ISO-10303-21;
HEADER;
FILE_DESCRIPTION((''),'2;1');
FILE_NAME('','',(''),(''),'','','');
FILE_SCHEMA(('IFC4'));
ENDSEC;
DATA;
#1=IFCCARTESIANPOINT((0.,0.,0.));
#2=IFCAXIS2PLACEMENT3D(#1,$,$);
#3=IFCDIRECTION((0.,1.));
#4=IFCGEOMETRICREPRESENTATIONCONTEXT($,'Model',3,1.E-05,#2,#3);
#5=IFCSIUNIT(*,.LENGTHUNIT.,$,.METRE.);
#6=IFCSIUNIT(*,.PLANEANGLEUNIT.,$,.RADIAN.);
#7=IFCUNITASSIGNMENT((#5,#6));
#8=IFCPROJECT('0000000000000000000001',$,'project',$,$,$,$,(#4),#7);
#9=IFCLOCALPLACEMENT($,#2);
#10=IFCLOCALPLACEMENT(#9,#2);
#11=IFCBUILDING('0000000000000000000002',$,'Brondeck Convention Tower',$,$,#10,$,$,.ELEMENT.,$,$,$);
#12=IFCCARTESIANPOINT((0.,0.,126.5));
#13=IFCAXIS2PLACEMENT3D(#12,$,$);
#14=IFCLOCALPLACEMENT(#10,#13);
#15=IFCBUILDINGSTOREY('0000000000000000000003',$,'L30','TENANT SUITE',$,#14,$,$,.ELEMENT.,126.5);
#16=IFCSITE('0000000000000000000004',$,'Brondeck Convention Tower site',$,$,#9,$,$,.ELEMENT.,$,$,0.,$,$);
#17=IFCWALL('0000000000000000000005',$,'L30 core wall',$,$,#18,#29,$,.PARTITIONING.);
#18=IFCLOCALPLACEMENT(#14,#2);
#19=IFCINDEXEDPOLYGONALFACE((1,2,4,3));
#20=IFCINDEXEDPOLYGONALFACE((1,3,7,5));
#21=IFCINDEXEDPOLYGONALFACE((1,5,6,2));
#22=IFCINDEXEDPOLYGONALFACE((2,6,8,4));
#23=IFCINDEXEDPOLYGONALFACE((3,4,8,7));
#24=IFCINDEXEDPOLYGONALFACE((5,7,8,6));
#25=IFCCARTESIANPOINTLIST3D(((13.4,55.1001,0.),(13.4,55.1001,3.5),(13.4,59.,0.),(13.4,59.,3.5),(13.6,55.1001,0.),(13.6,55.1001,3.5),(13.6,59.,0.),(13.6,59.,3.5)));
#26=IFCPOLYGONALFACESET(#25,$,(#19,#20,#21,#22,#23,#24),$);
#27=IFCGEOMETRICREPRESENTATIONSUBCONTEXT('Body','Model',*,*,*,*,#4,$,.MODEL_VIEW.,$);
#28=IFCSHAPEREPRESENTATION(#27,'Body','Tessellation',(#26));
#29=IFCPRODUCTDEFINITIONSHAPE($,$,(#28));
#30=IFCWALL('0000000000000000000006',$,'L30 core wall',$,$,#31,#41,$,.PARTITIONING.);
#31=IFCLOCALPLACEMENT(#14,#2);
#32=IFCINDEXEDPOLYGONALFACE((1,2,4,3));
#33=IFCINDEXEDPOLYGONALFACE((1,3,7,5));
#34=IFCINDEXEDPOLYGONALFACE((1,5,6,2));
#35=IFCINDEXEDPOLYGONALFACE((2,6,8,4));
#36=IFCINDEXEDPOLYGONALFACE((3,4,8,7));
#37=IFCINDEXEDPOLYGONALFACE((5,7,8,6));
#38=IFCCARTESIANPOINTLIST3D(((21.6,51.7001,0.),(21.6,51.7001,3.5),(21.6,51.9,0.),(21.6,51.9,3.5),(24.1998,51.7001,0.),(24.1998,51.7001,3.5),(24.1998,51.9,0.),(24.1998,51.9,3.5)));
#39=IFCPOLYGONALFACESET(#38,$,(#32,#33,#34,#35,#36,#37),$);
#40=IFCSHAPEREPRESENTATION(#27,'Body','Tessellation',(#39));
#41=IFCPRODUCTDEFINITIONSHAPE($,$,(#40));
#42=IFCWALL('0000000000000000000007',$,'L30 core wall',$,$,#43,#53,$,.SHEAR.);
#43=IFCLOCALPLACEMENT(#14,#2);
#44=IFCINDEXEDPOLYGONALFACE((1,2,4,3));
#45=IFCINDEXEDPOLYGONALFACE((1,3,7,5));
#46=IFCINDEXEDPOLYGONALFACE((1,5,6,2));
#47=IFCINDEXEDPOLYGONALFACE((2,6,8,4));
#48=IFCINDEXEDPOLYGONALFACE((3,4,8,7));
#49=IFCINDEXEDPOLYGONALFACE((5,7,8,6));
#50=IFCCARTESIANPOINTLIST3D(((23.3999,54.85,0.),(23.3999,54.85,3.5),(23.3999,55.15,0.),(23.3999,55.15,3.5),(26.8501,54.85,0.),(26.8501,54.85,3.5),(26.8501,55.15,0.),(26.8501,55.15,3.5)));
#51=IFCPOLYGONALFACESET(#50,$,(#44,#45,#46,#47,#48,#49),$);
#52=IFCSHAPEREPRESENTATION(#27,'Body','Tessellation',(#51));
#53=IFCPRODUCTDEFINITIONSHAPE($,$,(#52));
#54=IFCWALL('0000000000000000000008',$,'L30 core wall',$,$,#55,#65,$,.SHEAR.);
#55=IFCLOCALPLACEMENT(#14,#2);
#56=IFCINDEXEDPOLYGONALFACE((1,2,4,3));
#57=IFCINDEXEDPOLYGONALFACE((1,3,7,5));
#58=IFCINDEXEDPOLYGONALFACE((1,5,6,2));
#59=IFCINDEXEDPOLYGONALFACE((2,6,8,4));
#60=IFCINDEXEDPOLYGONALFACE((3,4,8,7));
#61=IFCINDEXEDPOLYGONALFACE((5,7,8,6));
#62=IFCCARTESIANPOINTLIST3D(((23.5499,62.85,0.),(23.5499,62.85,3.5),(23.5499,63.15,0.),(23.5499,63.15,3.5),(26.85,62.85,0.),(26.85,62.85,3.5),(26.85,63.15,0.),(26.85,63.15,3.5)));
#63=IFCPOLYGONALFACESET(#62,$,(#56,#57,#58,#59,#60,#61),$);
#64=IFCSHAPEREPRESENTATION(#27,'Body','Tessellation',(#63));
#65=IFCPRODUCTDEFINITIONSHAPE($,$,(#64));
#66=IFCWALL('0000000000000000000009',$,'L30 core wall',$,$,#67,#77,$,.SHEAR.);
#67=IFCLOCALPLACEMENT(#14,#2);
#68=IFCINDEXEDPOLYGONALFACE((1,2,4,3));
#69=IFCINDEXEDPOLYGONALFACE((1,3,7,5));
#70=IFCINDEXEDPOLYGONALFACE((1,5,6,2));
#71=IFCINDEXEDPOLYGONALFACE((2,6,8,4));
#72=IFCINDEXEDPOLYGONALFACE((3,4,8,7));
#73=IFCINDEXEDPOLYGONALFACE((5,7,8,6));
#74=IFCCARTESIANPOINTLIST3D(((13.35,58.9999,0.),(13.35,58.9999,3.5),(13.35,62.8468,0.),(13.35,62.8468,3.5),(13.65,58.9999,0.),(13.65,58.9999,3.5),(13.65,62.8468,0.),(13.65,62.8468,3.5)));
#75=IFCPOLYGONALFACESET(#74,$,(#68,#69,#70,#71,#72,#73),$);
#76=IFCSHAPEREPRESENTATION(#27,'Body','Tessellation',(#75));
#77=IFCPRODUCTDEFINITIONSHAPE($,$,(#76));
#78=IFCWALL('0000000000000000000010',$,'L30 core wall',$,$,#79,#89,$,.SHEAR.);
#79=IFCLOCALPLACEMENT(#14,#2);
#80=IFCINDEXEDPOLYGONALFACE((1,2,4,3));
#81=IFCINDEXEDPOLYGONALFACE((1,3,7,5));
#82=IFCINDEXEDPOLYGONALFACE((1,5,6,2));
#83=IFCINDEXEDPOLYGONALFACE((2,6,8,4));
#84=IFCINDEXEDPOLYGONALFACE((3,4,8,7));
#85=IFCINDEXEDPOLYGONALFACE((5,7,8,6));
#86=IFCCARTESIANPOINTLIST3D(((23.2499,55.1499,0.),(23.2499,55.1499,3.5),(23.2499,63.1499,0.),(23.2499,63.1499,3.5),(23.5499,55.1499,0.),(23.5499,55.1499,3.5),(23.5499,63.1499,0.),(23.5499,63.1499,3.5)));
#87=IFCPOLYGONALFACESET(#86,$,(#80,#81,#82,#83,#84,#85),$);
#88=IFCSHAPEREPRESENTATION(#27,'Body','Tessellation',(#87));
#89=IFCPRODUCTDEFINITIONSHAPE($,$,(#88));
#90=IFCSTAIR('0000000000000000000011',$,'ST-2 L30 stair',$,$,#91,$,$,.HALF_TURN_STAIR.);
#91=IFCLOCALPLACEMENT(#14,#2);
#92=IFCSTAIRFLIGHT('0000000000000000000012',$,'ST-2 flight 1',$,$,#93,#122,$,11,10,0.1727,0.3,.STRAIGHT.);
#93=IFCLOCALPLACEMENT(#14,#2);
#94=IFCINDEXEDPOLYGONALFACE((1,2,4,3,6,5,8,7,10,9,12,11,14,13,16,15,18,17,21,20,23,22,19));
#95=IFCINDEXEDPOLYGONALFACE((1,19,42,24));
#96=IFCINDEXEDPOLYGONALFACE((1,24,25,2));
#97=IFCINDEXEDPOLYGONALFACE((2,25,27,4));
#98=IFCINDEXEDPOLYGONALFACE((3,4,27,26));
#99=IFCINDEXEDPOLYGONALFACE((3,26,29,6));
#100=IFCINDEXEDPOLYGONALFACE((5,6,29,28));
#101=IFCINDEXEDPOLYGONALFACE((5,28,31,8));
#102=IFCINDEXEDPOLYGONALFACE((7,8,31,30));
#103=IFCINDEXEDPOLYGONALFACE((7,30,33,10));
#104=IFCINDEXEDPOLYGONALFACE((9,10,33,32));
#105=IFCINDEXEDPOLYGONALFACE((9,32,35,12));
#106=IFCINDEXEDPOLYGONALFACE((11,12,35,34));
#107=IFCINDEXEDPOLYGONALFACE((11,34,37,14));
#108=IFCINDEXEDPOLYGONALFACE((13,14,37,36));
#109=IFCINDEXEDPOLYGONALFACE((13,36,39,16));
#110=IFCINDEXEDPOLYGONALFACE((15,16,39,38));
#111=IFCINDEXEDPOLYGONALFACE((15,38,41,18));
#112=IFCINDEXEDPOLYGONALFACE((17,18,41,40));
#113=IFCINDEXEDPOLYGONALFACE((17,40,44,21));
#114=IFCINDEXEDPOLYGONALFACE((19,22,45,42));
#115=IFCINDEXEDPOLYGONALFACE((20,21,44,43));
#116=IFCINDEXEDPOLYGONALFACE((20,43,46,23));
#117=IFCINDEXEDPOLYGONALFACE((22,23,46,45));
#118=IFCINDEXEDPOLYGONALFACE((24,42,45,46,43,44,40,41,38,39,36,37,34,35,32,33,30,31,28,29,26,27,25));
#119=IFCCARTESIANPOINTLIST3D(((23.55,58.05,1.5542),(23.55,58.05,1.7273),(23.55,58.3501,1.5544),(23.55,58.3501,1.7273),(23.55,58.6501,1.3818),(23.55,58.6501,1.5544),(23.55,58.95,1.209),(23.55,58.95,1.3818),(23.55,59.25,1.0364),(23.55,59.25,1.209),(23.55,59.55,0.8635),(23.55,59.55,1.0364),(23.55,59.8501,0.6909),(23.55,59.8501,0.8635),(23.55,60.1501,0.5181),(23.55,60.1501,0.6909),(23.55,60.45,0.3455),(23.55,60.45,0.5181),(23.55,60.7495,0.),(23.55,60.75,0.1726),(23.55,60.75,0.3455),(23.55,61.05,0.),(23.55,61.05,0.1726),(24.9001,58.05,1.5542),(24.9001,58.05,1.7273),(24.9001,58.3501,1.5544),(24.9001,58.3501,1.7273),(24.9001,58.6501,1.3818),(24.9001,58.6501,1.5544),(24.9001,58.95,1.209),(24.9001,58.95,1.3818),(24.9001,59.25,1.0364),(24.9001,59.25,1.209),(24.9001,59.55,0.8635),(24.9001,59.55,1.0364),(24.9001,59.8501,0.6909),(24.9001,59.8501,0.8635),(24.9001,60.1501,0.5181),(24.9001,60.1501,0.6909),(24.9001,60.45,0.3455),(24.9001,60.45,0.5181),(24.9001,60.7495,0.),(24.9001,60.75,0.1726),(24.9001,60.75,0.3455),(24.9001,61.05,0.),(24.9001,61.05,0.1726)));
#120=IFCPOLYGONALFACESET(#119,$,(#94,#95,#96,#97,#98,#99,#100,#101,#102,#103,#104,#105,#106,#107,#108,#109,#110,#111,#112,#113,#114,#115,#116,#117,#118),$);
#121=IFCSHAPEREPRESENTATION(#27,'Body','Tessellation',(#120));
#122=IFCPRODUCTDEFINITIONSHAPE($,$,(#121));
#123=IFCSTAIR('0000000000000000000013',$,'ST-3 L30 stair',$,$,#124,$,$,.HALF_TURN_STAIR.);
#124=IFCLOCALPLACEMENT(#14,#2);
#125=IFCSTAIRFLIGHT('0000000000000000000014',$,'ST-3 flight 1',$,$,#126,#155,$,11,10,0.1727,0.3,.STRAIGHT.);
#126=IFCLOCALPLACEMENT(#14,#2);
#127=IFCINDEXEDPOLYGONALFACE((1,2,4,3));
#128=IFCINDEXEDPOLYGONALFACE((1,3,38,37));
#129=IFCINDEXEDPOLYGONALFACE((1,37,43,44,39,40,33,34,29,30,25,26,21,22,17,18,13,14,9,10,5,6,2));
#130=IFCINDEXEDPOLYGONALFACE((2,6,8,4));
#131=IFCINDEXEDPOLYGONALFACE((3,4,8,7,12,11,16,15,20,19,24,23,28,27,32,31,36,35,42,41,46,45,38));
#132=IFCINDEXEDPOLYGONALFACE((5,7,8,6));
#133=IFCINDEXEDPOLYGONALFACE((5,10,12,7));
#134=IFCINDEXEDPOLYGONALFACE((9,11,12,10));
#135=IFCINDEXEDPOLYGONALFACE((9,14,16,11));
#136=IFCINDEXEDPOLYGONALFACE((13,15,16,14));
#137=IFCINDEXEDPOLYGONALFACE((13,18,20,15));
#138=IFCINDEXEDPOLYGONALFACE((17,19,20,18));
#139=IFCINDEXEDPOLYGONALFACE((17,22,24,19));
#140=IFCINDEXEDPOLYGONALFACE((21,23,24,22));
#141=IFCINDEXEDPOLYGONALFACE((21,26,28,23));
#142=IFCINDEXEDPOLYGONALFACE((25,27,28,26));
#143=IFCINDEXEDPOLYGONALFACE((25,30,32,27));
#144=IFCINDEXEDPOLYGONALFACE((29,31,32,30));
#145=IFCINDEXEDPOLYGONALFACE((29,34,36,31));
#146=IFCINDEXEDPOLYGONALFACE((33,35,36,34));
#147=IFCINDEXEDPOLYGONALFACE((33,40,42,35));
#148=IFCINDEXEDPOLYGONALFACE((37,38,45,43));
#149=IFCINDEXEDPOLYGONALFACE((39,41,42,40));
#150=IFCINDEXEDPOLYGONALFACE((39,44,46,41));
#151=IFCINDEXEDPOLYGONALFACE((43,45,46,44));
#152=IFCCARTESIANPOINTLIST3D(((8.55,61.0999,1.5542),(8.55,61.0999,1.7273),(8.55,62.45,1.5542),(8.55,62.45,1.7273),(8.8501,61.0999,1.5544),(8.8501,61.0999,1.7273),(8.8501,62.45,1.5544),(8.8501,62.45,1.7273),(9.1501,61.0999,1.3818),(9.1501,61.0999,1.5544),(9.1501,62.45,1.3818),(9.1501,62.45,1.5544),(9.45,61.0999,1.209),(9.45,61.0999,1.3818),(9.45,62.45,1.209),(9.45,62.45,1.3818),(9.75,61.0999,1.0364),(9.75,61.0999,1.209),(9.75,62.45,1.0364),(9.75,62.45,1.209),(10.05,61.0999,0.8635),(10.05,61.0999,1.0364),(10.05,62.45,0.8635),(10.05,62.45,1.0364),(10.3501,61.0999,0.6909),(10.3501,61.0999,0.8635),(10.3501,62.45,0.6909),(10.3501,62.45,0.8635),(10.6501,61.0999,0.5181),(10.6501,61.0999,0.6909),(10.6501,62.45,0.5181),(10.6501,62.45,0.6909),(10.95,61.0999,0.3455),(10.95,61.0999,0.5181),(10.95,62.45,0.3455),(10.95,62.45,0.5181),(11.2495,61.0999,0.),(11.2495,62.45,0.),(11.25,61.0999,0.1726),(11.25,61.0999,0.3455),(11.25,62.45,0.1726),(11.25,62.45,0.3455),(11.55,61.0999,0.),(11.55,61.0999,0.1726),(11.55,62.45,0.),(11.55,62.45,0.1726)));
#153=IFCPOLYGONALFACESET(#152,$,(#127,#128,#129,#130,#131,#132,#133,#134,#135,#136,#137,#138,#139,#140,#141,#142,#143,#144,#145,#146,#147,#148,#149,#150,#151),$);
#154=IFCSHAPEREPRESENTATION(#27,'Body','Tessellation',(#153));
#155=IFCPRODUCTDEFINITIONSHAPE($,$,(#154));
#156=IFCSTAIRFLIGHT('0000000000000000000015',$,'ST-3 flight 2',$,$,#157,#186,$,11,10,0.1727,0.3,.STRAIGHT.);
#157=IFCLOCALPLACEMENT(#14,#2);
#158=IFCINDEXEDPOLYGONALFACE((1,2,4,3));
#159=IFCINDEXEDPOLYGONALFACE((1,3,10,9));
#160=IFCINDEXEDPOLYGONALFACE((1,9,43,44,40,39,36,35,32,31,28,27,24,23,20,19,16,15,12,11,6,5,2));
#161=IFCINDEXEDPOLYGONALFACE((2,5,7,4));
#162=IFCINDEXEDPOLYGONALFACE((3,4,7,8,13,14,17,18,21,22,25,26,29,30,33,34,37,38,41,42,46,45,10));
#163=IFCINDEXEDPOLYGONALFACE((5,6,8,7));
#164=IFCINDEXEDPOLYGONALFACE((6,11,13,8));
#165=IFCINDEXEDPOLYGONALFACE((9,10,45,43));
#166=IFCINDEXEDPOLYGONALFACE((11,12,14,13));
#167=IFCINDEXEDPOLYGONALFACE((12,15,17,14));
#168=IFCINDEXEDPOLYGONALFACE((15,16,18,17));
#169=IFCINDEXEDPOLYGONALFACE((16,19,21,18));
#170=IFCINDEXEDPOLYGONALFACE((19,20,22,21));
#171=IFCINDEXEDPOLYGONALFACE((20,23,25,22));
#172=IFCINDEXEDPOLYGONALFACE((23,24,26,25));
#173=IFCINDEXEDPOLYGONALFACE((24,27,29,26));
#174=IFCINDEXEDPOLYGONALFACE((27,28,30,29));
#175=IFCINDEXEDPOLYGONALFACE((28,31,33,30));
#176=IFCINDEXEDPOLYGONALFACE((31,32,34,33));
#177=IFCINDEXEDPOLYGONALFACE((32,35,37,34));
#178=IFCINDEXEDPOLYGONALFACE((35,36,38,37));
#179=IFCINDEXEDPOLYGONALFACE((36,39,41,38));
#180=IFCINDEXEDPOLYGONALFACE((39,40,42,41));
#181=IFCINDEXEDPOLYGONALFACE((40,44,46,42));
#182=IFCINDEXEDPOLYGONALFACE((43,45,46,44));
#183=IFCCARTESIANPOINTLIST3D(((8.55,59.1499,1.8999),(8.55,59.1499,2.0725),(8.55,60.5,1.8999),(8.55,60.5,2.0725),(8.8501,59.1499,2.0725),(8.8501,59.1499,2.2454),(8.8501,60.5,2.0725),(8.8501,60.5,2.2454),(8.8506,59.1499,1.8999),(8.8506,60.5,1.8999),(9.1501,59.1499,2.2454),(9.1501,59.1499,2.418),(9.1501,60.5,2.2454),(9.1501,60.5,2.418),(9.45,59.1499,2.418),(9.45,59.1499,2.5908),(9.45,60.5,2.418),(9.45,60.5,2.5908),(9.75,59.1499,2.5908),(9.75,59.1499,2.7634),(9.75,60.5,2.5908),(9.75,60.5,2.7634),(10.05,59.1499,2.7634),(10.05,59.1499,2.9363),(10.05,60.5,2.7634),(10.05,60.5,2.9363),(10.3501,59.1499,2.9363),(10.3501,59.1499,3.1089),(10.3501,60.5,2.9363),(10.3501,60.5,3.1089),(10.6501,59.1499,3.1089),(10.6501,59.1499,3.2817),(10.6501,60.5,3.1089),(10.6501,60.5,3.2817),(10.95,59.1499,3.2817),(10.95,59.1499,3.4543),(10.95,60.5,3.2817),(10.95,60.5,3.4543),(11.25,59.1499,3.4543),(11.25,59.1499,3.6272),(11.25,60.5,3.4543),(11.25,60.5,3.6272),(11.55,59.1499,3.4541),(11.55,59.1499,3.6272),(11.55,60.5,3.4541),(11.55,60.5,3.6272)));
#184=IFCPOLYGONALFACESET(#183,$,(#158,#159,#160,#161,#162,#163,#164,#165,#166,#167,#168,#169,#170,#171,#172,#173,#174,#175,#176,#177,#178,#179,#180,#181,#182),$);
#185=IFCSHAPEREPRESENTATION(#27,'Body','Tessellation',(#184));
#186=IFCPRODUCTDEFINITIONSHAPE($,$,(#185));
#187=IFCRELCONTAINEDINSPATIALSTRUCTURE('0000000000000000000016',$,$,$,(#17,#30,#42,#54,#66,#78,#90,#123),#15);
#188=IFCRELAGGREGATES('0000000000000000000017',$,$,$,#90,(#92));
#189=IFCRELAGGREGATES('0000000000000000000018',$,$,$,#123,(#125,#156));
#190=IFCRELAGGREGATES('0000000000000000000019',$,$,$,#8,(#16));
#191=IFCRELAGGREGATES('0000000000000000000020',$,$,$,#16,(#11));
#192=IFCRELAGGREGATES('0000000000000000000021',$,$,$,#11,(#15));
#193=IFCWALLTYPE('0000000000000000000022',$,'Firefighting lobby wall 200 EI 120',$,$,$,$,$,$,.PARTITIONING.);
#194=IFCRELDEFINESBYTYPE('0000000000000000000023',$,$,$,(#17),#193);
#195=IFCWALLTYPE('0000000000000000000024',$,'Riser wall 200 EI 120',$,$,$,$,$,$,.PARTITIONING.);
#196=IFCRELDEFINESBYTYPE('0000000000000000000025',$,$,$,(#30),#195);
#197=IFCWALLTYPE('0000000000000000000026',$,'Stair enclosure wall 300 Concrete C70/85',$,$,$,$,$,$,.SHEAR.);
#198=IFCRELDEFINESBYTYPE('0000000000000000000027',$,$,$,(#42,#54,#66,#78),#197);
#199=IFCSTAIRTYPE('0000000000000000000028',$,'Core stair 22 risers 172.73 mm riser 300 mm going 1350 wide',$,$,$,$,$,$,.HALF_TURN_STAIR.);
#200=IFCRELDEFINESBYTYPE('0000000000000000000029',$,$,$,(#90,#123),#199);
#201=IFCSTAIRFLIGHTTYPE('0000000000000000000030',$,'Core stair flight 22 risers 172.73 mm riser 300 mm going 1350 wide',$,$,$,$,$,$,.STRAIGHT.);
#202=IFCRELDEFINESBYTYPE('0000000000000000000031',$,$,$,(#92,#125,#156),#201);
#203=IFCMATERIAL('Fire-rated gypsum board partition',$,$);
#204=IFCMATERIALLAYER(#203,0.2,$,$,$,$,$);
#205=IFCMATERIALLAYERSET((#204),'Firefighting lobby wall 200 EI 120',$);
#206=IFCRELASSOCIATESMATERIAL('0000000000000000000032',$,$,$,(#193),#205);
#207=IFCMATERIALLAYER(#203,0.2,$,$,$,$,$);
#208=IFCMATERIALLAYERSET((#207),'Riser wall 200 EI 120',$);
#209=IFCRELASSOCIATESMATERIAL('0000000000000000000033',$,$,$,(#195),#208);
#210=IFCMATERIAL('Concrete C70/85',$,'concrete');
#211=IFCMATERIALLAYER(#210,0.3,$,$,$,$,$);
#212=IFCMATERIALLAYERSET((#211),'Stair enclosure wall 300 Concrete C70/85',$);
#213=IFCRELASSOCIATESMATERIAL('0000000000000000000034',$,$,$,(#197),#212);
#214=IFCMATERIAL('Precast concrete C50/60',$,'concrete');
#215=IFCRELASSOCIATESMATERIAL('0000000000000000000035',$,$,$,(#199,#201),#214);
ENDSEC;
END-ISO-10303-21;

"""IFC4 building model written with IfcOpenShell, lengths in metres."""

from ifc_helpers import new_model, si_unit, direction, frame, frame_2d, origin, place, context, subcontext, project, spatial, polyline, rectangle, outline, extrude, material, layer, layer_set, type_object, element, aggregate, save


model = new_model("IFC4")

# Units and contexts
model_context = context("Model", 3, precision=1e-05, world=origin(), true_north=direction((0.0, 1.0)))
body_context = subcontext(model_context, "Body", "Model", "MODEL_VIEW")
ifc_project = project(units=[si_unit("LENGTHUNIT", "METRE"), si_unit("PLANEANGLEUNIT", "RADIAN")], contexts=[model_context])

# Site, building, storey
site_placement = place(None, origin())
site = spatial("IfcSite", under=ifc_project, at=site_placement, Name="Brondeck Convention Tower site", CompositionType="ELEMENT", RefElevation=0.0)
building_placement = place(site_placement, origin())
building = spatial("IfcBuilding", under=site, at=building_placement, Name="Brondeck Convention Tower", CompositionType="ELEMENT")
storey_placement = place(building_placement, frame((0.0, 0.0, 126.5)))
storey = spatial("IfcBuildingStorey", under=building, at=storey_placement, Name="L30", Description="TENANT SUITE", CompositionType="ELEMENT", Elevation=126.5)

# Shared definitions
ifc_material_1 = material(Name="Concrete C70/85", Category="concrete")

# Shared definitions
ifc_material_2 = material(Name="Fire-rated gypsum board partition")

# Shared definitions
ifc_layer_1 = layer(ifc_material_2, 0.2)
ifc_layer_set_1 = layer_set([ifc_layer_1], Name="Firefighting lobby wall 200 EI 120")
wall_type_1 = type_object("IfcWallType", Name="Firefighting lobby wall 200 EI 120", PredefinedType="PARTITIONING", material=ifc_layer_set_1)

# Walls
wall_1_placement = place(storey_placement, frame((13.5, 55.1001, 0.0), z_axis=(0.0, 0.0, 1.0), x_axis=(0.0, 1.0, 0.0)))
element("IfcWall", 1, at=wall_1_placement, inside=storey, type_object=wall_type_1, Name="L30 core wall", PredefinedType="PARTITIONING", context=body_context, shape_type="SweptSolid", body=[
    extrude(rectangle(XDim=3.8999, YDim=0.2, at=frame_2d((1.95, 0.0))), origin(), (0.0, 0.0, 1.0), 3.5),
])
ifc_layer_2 = layer(ifc_material_2, 0.2)
ifc_layer_set_2 = layer_set([ifc_layer_2], Name="Riser wall 200 EI 120")
wall_type_2 = type_object("IfcWallType", Name="Riser wall 200 EI 120", PredefinedType="PARTITIONING", material=ifc_layer_set_2)
wall_2_placement = place(storey_placement, frame((21.6001, 51.8, 0.0), z_axis=(0.0, 0.0, 1.0), x_axis=(1.0, 0.0, 0.0)))
element("IfcWall", 2, at=wall_2_placement, inside=storey, type_object=wall_type_2, Name="L30 core wall", PredefinedType="PARTITIONING", context=body_context, shape_type="SweptSolid", body=[
    extrude(rectangle(XDim=2.5999, YDim=0.2, at=frame_2d((1.2998, 0.0))), origin(), (0.0, 0.0, 1.0), 3.5),
])
ifc_layer_3 = layer(ifc_material_1, 0.3)
ifc_layer_set_3 = layer_set([ifc_layer_3], Name="Stair enclosure wall 300 Concrete C70/85")
wall_type_3 = type_object("IfcWallType", Name="Stair enclosure wall 300 Concrete C70/85", PredefinedType="SHEAR", material=ifc_layer_set_3)
wall_3_placement = place(storey_placement, frame((23.3999, 55.0, 0.0), z_axis=(0.0, 0.0, 1.0), x_axis=(1.0, 0.0, 0.0)))
element("IfcWall", 3, at=wall_3_placement, inside=storey, type_object=wall_type_3, Name="L30 core wall", PredefinedType="SHEAR", context=body_context, shape_type="SweptSolid", body=[
    extrude(rectangle(XDim=3.4502, YDim=0.3, at=frame_2d((1.7251, 0.0))), origin(), (0.0, 0.0, 1.0), 3.5),
])
wall_4_placement = place(storey_placement, frame((23.55, 63.0, 0.0), z_axis=(0.0, 0.0, 1.0), x_axis=(1.0, 0.0, 0.0)))
element("IfcWall", 4, at=wall_4_placement, inside=storey, type_object=wall_type_3, Name="L30 core wall", PredefinedType="SHEAR", context=body_context, shape_type="SweptSolid", body=[
    extrude(rectangle(XDim=3.3, YDim=0.3, at=frame_2d((1.6499, 0.0))), origin(), (0.0, 0.0, 1.0), 3.5),
])
wall_5_placement = place(storey_placement, frame((13.5, 59.0, 0.0), z_axis=(0.0, 0.0, 1.0), x_axis=(0.0, 1.0, 0.0)))
element("IfcWall", 5, at=wall_5_placement, inside=storey, type_object=wall_type_3, Name="L30 core wall", PredefinedType="SHEAR", context=body_context, shape_type="SweptSolid", body=[
    extrude(rectangle(XDim=3.8469, YDim=0.3, at=frame_2d((1.9233, 0.0))), origin(), (0.0, 0.0, 1.0), 3.5),
])
wall_6_placement = place(storey_placement, frame((23.3999, 55.1499, 0.0), z_axis=(0.0, 0.0, 1.0), x_axis=(0.0, 1.0, 0.0)))
element("IfcWall", 6, at=wall_6_placement, inside=storey, type_object=wall_type_3, Name="L30 core wall", PredefinedType="SHEAR", context=body_context, shape_type="SweptSolid", body=[
    extrude(rectangle(XDim=8.0, YDim=0.3, at=frame_2d((4.0, 0.0))), origin(), (0.0, 0.0, 1.0), 3.5),
])

# Stair, stair flight
ifc_material_3 = material(Name="Precast concrete C50/60", Category="concrete")
stair_type = type_object("IfcStairType", Name="Core stair 22 risers 172.73 mm riser 300 mm going 1350 wide", PredefinedType="HALF_TURN_STAIR", material=ifc_material_3)
stair_1_placement = place(storey_placement, origin())
stair_1 = element("IfcStair", 7, at=stair_1_placement, inside=storey, type_object=stair_type, Name="ST-2 L30 stair", PredefinedType="HALF_TURN_STAIR")
stair_flight_type = type_object("IfcStairFlightType", Name="Core stair flight 22 risers 172.73 mm riser 300 mm going 1350 wide", PredefinedType="STRAIGHT", material=ifc_material_3)
stair_flight_1_placement = place(storey_placement, frame((24.2251, 61.05, 0.0), z_axis=(0.0, 0.0, 1.0), x_axis=(0.0, -1.0, 0.0)))
stair_flight_1 = element("IfcStairFlight", 8, at=stair_flight_1_placement, type_object=stair_flight_type, Name="ST-2 flight 1", NumberOfRisers=11, NumberOfTreads=10, PredefinedType="STRAIGHT", RiserHeight=0.1727, TreadLength=0.3, context=body_context, shape_type="SweptSolid", body=[
    extrude(outline(polyline([(0.0, 0.0), (0.0, 0.1726), (0.3, 0.1726), (0.3, 0.3455), (0.6001, 0.3455), (0.6001, 0.5181), (0.8999, 0.5181), (0.8999, 0.6909), (1.2, 0.6909), (1.2, 0.8635), (1.5, 0.8635), (1.5, 1.0364), (1.8, 1.0364), (1.8, 1.209), (2.1001, 1.209), (2.1001, 1.3818), (2.3999, 1.3818), (2.3999, 1.5544), (2.7, 1.5544), (2.7, 1.7273), (3.0, 1.7273), (3.0, 1.8999), (3.0, 1.5542), (0.3005, 0.0), (0.0, 0.0)])), frame((0.0, 0.675, 0.0), z_axis=(0.0, -1.0, 0.0), x_axis=(1.0, 0.0, 0.0)), (0.0, 0.0, 1.0), 1.3501),
])
aggregate(stair_1, [stair_flight_1])

# Stair, stair flights
stair_2_placement = place(storey_placement, origin())
stair_2 = element("IfcStair", 9, at=stair_2_placement, inside=storey, type_object=stair_type, Name="ST-3 L30 stair", PredefinedType="HALF_TURN_STAIR")
stair_flight_2_placement = place(storey_placement, frame((11.55, 61.7749, 0.0), z_axis=(0.0, 0.0, 1.0), x_axis=(-1.0, 0.0, 0.0)))
stair_flight_2 = element("IfcStairFlight", 10, at=stair_flight_2_placement, type_object=stair_flight_type, Name="ST-3 flight 1", NumberOfRisers=11, NumberOfTreads=10, PredefinedType="STRAIGHT", RiserHeight=0.1727, TreadLength=0.3, context=body_context, shape_type="SweptSolid", body=[
    extrude(outline(polyline([(0.0, 0.0), (0.0, 0.1726), (0.3, 0.1726), (0.3, 0.3455), (0.6001, 0.3455), (0.6001, 0.5181), (0.8999, 0.5181), (0.8999, 0.6909), (1.2, 0.6909), (1.2, 0.8635), (1.5, 0.8635), (1.5, 1.0364), (1.8, 1.0364), (1.8, 1.209), (2.1001, 1.209), (2.1001, 1.3818), (2.3999, 1.3818), (2.3999, 1.5544), (2.7, 1.5544), (2.7, 1.7273), (3.0, 1.7273), (3.0, 1.8999), (3.0, 1.5542), (0.3005, 0.0), (0.0, 0.0)])), frame((0.0, 0.675, 0.0), z_axis=(0.0, -1.0, 0.0), x_axis=(1.0, 0.0, 0.0)), (0.0, 0.0, 1.0), 1.3501),
])
stair_flight_3_placement = place(storey_placement, frame((8.55, 59.825, 1.8999), z_axis=(0.0, 0.0, 1.0), x_axis=(1.0, 0.0, 0.0)))
stair_flight_3 = element("IfcStairFlight", 11, at=stair_flight_3_placement, type_object=stair_flight_type, Name="ST-3 flight 2", NumberOfRisers=11, NumberOfTreads=10, PredefinedType="STRAIGHT", RiserHeight=0.1727, TreadLength=0.3, context=body_context, shape_type="SweptSolid", body=[
    extrude(outline(polyline([(0.0, 0.0), (0.0, 0.1726), (0.3, 0.1726), (0.3, 0.3455), (0.6001, 0.3455), (0.6001, 0.5181), (0.8999, 0.5181), (0.8999, 0.6909), (1.2, 0.6909), (1.2, 0.8635), (1.5, 0.8635), (1.5, 1.0364), (1.8, 1.0364), (1.8, 1.209), (2.1001, 1.209), (2.1001, 1.3818), (2.3999, 1.3818), (2.3999, 1.5544), (2.7, 1.5544), (2.7, 1.7273), (3.0, 1.7273), (3.0, 1.8999), (3.0, 1.5542), (0.3005, 0.0), (0.0, 0.0)])), frame((0.0, 0.675, 0.0), z_axis=(0.0, -1.0, 0.0), x_axis=(1.0, 0.0, 0.0)), (0.0, 0.0, 1.0), 1.3501),
])
aggregate(stair_2, [stair_flight_2, stair_flight_3])

save(model, "model.ifc")
